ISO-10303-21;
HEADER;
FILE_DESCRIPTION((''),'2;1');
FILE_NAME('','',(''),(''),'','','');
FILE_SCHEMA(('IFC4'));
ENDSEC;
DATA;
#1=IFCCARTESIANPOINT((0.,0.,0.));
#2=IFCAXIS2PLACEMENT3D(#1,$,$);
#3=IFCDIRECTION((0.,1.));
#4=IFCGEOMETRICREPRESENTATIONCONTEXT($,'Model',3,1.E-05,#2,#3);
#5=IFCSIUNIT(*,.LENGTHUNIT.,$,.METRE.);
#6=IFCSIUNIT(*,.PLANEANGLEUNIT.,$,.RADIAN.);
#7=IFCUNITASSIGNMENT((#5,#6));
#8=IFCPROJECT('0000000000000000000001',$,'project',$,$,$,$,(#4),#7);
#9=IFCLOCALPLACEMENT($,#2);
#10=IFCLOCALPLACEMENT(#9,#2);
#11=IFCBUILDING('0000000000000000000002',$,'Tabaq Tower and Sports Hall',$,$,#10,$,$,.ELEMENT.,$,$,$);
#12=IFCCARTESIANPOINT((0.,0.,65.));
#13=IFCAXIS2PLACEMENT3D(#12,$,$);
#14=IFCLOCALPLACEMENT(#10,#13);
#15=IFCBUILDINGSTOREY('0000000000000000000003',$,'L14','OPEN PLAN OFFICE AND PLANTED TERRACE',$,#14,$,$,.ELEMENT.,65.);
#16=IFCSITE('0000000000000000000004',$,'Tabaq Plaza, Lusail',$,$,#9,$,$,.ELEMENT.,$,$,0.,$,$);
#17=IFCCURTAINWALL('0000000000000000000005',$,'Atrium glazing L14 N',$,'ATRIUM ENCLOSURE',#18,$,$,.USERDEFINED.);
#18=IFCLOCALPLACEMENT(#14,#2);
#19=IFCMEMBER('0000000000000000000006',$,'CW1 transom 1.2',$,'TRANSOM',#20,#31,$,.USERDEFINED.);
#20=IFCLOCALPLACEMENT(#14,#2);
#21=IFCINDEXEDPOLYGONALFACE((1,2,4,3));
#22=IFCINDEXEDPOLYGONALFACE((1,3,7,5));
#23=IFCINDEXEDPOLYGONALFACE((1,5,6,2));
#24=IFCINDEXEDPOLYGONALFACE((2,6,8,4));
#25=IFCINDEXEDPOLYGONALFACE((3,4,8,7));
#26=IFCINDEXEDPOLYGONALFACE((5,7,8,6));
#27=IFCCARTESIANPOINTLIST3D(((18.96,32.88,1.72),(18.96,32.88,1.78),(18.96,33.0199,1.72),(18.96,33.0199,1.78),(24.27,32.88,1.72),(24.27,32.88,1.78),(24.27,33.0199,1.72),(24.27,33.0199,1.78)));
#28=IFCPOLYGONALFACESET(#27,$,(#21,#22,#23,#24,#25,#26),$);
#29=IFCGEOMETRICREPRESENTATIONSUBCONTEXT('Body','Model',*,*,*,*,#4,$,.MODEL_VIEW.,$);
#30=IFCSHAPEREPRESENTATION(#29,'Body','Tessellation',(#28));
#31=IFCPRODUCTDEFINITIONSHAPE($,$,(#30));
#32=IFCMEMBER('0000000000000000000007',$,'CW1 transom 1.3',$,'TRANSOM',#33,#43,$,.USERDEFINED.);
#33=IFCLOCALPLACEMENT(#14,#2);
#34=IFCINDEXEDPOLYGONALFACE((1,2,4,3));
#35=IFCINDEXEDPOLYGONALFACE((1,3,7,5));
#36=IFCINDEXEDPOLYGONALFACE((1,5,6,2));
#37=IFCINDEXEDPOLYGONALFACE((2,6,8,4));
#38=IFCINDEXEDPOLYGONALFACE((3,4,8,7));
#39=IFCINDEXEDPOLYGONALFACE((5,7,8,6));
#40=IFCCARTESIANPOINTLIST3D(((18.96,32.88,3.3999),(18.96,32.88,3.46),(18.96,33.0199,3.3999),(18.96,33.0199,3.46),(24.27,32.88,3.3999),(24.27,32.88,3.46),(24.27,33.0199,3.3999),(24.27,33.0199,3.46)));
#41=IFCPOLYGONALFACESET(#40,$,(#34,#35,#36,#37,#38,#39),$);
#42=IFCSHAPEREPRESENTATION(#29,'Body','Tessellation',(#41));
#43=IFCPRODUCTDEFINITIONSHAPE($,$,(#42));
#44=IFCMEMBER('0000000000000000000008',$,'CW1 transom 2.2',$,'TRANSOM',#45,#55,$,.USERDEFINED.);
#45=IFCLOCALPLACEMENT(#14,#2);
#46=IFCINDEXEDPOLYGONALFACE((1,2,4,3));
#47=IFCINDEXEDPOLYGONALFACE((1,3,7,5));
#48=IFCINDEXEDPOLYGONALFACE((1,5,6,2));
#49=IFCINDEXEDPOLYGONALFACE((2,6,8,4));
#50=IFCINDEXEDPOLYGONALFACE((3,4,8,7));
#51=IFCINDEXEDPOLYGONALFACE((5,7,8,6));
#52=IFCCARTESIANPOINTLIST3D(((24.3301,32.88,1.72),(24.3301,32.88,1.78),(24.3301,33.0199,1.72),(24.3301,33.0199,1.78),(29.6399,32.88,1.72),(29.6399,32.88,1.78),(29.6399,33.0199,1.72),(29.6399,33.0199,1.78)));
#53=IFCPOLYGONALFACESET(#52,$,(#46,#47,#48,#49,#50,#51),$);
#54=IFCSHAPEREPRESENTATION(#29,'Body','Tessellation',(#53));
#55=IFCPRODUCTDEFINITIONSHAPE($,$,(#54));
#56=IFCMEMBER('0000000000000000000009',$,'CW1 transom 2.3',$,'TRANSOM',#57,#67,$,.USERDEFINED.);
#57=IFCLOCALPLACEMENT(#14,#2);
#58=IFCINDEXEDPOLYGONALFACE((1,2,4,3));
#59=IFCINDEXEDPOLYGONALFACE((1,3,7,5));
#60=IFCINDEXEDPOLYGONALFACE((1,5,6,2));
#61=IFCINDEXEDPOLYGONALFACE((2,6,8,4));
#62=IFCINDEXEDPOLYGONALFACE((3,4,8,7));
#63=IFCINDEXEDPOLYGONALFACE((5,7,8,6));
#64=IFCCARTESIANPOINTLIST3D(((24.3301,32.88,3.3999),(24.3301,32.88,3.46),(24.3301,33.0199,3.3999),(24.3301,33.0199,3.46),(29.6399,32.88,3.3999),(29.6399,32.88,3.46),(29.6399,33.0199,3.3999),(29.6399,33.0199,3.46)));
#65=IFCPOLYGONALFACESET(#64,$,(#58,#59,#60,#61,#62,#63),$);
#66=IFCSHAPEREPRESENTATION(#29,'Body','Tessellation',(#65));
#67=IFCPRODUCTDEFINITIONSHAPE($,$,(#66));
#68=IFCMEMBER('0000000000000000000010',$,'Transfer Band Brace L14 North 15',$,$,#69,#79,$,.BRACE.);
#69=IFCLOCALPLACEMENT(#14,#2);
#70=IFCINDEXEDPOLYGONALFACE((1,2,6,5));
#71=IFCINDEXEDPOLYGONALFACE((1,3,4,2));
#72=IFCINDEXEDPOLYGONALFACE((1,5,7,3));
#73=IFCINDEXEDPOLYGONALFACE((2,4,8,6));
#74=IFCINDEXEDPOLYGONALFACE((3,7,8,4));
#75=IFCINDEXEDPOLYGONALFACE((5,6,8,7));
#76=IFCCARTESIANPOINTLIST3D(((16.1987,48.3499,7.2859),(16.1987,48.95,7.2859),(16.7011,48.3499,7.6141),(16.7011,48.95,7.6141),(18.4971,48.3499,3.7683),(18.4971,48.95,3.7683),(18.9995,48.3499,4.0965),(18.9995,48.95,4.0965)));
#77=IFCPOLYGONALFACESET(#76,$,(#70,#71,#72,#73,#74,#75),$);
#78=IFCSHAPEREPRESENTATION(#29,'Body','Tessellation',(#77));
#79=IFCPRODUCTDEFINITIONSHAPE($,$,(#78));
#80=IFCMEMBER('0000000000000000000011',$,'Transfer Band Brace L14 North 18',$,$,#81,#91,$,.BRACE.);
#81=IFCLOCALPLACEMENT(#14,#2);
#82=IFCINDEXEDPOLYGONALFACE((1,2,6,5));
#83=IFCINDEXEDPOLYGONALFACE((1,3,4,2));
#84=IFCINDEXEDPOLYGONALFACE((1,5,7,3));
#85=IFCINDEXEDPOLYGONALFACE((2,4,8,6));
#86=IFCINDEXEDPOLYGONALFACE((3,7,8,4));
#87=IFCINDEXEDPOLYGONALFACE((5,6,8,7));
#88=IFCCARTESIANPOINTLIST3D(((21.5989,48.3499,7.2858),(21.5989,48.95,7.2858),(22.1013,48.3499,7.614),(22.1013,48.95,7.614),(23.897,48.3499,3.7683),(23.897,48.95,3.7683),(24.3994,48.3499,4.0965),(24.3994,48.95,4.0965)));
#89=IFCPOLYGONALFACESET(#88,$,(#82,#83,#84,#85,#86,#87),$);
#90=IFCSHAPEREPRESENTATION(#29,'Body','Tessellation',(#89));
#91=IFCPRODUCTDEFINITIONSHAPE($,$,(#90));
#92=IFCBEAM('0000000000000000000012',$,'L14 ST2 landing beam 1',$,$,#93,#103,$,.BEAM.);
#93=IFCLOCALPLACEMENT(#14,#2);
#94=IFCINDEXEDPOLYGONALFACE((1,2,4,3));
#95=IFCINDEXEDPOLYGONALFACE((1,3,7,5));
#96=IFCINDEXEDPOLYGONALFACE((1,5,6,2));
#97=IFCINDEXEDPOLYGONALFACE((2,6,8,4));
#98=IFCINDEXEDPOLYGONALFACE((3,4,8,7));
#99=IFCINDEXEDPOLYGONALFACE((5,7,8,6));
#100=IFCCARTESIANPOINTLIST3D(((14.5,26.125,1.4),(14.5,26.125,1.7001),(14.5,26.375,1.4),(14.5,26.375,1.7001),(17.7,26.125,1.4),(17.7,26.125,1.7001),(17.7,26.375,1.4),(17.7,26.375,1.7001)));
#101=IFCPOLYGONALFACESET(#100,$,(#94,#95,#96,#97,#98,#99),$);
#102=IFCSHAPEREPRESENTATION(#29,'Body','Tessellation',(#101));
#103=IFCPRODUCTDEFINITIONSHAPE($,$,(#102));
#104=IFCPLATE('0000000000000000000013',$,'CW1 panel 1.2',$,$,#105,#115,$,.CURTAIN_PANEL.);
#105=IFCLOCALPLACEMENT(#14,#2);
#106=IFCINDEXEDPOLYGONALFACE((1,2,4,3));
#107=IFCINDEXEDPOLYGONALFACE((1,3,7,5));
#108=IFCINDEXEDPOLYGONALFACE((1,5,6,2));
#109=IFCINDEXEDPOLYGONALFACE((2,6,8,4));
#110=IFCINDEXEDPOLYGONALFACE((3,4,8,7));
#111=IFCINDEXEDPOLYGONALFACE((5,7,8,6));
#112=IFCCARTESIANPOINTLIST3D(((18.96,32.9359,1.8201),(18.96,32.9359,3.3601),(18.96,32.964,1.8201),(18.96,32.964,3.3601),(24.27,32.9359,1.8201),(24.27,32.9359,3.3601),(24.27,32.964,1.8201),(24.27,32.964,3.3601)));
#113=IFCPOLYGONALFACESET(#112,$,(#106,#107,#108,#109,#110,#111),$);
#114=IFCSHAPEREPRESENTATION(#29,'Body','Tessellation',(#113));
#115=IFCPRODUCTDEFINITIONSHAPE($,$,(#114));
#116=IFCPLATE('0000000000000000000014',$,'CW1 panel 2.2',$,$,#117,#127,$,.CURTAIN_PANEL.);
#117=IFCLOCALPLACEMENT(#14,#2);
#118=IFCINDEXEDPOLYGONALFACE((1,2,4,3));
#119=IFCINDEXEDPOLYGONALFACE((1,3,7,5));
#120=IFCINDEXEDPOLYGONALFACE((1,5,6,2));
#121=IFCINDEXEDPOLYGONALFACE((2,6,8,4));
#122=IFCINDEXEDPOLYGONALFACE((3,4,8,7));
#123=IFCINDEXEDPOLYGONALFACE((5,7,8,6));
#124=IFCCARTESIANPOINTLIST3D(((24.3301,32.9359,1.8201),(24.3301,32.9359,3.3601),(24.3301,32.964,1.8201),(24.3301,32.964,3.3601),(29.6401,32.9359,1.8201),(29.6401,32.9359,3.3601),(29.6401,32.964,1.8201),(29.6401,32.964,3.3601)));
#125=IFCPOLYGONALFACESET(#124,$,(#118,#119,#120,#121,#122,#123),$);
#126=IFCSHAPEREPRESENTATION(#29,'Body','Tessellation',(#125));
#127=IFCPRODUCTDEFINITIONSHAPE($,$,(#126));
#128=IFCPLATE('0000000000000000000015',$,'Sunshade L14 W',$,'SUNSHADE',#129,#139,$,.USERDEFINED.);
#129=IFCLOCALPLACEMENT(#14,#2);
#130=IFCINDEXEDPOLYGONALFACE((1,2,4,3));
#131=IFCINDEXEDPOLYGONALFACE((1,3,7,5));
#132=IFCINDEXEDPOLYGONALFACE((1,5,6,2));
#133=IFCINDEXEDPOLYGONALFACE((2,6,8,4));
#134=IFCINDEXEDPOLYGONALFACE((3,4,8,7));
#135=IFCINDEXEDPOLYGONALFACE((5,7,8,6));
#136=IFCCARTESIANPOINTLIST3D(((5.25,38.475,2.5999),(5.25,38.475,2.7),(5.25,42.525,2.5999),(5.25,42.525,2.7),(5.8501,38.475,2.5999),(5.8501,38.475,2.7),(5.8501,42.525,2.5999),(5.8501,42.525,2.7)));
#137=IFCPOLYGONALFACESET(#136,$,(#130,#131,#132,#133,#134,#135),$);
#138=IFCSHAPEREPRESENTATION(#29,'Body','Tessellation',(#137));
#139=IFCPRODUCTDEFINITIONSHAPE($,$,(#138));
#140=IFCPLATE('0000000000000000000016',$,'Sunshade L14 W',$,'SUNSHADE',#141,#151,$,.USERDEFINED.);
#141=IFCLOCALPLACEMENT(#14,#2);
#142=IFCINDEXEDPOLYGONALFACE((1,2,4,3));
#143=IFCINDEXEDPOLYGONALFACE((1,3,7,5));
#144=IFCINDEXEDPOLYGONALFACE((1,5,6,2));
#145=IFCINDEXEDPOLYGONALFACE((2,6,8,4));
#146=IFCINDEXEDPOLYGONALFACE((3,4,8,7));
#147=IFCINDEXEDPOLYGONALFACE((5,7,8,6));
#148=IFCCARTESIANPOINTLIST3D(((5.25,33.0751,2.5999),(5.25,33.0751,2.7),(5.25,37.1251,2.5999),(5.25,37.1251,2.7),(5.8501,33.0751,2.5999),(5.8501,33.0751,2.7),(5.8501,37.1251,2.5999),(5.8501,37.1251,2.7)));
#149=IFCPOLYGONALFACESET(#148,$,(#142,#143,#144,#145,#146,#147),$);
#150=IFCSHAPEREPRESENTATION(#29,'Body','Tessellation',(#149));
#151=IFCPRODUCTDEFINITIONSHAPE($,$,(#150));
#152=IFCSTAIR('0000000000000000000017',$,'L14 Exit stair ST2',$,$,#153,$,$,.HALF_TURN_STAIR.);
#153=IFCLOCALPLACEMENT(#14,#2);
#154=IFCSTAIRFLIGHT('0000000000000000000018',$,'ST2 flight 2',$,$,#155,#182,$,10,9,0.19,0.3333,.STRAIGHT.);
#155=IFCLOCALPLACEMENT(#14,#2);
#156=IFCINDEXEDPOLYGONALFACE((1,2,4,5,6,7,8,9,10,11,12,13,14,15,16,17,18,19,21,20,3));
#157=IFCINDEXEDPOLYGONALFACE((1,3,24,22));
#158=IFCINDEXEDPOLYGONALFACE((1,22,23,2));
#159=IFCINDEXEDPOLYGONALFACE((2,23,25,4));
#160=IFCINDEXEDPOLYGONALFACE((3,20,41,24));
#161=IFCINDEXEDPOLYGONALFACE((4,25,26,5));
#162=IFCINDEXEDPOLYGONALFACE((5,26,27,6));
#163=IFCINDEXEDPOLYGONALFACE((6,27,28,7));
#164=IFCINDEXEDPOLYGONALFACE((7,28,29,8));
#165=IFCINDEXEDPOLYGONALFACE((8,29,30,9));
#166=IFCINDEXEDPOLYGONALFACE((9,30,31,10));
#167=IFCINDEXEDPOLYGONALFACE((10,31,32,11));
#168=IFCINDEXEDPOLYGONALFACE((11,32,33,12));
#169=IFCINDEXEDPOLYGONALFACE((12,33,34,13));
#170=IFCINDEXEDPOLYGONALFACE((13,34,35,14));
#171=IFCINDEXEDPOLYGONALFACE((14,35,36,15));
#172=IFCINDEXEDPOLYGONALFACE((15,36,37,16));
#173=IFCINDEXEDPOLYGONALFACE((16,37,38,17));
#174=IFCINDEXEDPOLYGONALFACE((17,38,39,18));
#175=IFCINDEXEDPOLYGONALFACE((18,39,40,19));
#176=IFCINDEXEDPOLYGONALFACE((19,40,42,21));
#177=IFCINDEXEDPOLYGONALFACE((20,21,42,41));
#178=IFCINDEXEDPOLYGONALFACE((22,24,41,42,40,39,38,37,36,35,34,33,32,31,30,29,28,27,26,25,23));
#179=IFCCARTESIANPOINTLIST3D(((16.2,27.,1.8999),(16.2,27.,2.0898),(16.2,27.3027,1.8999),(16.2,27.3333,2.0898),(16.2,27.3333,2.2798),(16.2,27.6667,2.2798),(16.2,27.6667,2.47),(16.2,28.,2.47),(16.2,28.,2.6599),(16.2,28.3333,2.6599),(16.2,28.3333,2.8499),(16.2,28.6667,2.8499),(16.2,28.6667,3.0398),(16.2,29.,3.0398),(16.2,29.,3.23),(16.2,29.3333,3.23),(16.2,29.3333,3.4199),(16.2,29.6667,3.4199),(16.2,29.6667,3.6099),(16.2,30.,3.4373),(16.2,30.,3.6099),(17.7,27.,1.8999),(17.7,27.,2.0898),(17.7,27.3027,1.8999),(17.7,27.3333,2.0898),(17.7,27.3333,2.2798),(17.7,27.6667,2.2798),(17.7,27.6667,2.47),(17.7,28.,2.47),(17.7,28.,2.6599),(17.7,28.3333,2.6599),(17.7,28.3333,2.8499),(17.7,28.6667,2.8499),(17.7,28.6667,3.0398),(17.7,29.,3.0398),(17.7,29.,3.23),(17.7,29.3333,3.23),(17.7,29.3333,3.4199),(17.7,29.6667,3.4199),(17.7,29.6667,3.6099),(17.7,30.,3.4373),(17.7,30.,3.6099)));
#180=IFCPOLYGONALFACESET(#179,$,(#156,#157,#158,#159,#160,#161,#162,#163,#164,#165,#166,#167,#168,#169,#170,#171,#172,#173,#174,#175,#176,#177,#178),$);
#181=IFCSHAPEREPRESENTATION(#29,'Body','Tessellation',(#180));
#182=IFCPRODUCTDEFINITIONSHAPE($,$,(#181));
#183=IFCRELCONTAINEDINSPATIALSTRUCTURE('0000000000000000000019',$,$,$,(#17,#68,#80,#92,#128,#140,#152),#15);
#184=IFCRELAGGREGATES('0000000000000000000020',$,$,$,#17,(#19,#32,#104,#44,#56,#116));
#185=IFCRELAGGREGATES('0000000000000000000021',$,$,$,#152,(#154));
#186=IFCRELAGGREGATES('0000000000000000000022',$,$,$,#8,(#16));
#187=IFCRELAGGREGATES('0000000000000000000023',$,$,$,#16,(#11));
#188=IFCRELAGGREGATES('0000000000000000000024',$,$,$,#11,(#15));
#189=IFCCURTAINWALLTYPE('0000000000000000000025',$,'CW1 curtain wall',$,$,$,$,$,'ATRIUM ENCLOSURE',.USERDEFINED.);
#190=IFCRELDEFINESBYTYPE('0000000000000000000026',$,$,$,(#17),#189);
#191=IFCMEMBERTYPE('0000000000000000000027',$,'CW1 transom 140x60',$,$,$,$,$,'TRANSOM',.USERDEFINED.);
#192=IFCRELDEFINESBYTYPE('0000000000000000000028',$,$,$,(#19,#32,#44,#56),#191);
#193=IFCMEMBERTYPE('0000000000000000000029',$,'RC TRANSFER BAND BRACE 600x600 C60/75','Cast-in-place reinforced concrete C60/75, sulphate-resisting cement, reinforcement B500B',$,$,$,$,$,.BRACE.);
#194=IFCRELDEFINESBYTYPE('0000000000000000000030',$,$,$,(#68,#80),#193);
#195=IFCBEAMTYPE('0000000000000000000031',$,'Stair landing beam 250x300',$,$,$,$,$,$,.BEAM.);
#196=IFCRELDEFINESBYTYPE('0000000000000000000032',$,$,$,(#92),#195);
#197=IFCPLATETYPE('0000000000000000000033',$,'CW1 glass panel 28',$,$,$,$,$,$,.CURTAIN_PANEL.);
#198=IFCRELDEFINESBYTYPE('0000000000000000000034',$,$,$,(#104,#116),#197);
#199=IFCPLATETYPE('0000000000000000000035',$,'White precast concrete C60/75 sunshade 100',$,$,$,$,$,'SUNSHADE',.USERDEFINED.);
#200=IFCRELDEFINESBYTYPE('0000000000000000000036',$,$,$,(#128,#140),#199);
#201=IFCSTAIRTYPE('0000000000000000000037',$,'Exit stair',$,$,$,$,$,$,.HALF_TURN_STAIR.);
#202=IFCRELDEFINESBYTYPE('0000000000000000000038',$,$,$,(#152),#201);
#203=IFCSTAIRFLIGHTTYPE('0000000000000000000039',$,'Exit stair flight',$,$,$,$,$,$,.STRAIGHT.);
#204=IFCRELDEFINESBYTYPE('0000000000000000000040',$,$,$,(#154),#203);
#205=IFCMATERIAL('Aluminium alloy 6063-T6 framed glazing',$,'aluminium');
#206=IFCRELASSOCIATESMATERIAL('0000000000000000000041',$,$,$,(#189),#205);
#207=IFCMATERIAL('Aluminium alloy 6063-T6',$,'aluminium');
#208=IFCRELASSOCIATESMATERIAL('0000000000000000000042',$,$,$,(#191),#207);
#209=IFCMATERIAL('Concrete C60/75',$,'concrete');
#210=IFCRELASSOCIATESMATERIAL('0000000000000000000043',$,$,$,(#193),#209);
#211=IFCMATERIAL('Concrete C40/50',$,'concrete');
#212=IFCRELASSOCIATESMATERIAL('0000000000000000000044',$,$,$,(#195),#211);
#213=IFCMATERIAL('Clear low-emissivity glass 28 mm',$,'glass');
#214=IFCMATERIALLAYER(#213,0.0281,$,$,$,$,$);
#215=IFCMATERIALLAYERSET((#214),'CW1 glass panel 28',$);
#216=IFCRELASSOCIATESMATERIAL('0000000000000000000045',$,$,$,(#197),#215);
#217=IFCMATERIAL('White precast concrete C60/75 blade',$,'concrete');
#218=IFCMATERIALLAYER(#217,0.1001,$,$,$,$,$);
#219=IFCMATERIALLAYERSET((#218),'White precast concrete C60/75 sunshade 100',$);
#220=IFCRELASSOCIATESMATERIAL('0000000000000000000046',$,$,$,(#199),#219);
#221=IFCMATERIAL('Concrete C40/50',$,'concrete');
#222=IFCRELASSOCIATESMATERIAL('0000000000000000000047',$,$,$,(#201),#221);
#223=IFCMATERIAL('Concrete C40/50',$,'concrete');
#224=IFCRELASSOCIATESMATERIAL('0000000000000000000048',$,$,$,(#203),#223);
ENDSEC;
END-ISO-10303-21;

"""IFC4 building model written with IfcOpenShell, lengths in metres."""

from ifc_helpers import new_model, si_unit, direction, frame, origin, origin_2d, place, context, subcontext, project, spatial, polyline, rectangle, outline, extrude, material, layer, layer_set, material_profile, profile_set, type_object, element, aggregate, save


model = new_model("IFC4")

# Units and contexts
model_context = context("Model", 3, precision=1e-05, world=origin(), true_north=direction((0.0, 1.0)))
body_context = subcontext(model_context, "Body", "Model", "MODEL_VIEW")
ifc_project = project(units=[si_unit("LENGTHUNIT", "METRE"), si_unit("PLANEANGLEUNIT", "RADIAN")], contexts=[model_context])

# Site, building, storey
site_placement = place(None, origin())
site = spatial("IfcSite", under=ifc_project, at=site_placement, Name="Tabaq Plaza, Lusail", CompositionType="ELEMENT", RefElevation=0.0)
building_placement = place(site_placement, origin())
building = spatial("IfcBuilding", under=site, at=building_placement, Name="Tabaq Tower and Sports Hall", CompositionType="ELEMENT")
storey_placement = place(building_placement, frame((0.0, 0.0, 65.0)))
storey = spatial("IfcBuildingStorey", under=building, at=storey_placement, Name="L14", Description="OPEN PLAN OFFICE AND PLANTED TERRACE", CompositionType="ELEMENT", Elevation=65.0)

# Curtain wall, members
ifc_material_1 = material(Name="Aluminium alloy 6063-T6 framed glazing", Category="aluminium")
curtain_wall_type = type_object("IfcCurtainWallType", Name="CW1 curtain wall", ElementType="ATRIUM ENCLOSURE", PredefinedType="USERDEFINED", material=ifc_material_1)
curtain_wall_placement = place(storey_placement, origin())
curtain_wall = element("IfcCurtainWall", 1, at=curtain_wall_placement, inside=storey, type_object=curtain_wall_type, Name="Atrium glazing L14 N", ObjectType="ATRIUM ENCLOSURE", PredefinedType="USERDEFINED")
ifc_material_2 = material(Name="Aluminium alloy 6063-T6", Category="aluminium")
ifc_material_profile_1 = material_profile(ifc_material_2, rectangle(XDim=0.1399, YDim=0.0601, at=origin_2d()), Name="TRANSOM 140x60")
ifc_profile_set_1 = profile_set([ifc_material_profile_1], Name="Aluminium alloy 6063-T6")
member_type_1 = type_object("IfcMemberType", Name="CW1 transom 140x60", ElementType="TRANSOM", PredefinedType="USERDEFINED", material=ifc_profile_set_1)
member_1_placement = place(storey_placement, frame((18.96, 32.95, 1.75), z_axis=(1.0, 0.0, 0.0), x_axis=(0.0, 1.0, 0.0)))
member_1 = element("IfcMember", 2, at=member_1_placement, type_object=member_type_1, Name="CW1 transom 1.2", ObjectType="TRANSOM", PredefinedType="USERDEFINED", context=body_context, shape_type="SweptSolid", body=[
    extrude(rectangle(XDim=0.1399, YDim=0.0601, at=origin_2d()), origin(), (0.0, 0.0, 1.0), 5.3101),
])
member_2_placement = place(storey_placement, frame((18.96, 32.95, 3.4299), z_axis=(1.0, 0.0, 0.0), x_axis=(0.0, 1.0, 0.0)))
member_2 = element("IfcMember", 3, at=member_2_placement, type_object=member_type_1, Name="CW1 transom 1.3", ObjectType="TRANSOM", PredefinedType="USERDEFINED", context=body_context, shape_type="SweptSolid", body=[
    extrude(rectangle(XDim=0.1399, YDim=0.0601, at=origin_2d()), origin(), (0.0, 0.0, 1.0), 5.3101),
])
member_3_placement = place(storey_placement, frame((24.3301, 32.95, 1.75), z_axis=(1.0, 0.0, 0.0), x_axis=(0.0, 1.0, 0.0)))
member_3 = element("IfcMember", 4, at=member_3_placement, type_object=member_type_1, Name="CW1 transom 2.2", ObjectType="TRANSOM", PredefinedType="USERDEFINED", context=body_context, shape_type="SweptSolid", body=[
    extrude(rectangle(XDim=0.1399, YDim=0.0601, at=origin_2d()), origin(), (0.0, 0.0, 1.0), 5.3098),
])
member_4_placement = place(storey_placement, frame((24.3301, 32.95, 3.4299), z_axis=(1.0, 0.0, 0.0), x_axis=(0.0, 1.0, 0.0)))
member_4 = element("IfcMember", 5, at=member_4_placement, type_object=member_type_1, Name="CW1 transom 2.3", ObjectType="TRANSOM", PredefinedType="USERDEFINED", context=body_context, shape_type="SweptSolid", body=[
    extrude(rectangle(XDim=0.1399, YDim=0.0601, at=origin_2d()), origin(), (0.0, 0.0, 1.0), 5.3098),
])

# Members
ifc_material_3 = material(Name="Concrete C60/75", Category="concrete")
ifc_material_profile_2 = material_profile(ifc_material_3, rectangle(XDim=0.6001, YDim=0.6001, at=origin_2d()), Name="TRANSFER BAND BRACE 600x600")
ifc_profile_set_2 = profile_set([ifc_material_profile_2], Name="Concrete C60/75")
member_type_2 = type_object("IfcMemberType", Name="RC TRANSFER BAND BRACE 600x600 C60/75", Description="Cast-in-place reinforced concrete C60/75, sulphate-resisting cement, reinforcement B500B", PredefinedType="BRACE", material=ifc_profile_set_2)
member_5_placement = place(storey_placement, frame((18.7483, 48.6499, 3.9324), z_axis=(-0.54698, 0.0, 0.837146), x_axis=(0.0, -1.0, 0.0)))
element("IfcMember", 6, at=member_5_placement, inside=storey, type_object=member_type_2, Name="Transfer Band Brace L14 North 15", PredefinedType="BRACE", context=body_context, shape_type="SweptSolid", body=[
    extrude(rectangle(XDim=0.6001, YDim=0.6001, at=origin_2d()), origin(), (0.0, 0.0, 1.0), 4.2019),
])
member_6_placement = place(storey_placement, frame((24.1482, 48.6499, 3.9324), z_axis=(-0.546939, 0.0, 0.837172), x_axis=(0.0, -1.0, 0.0)))
element("IfcMember", 7, at=member_6_placement, inside=storey, type_object=member_type_2, Name="Transfer Band Brace L14 North 18", PredefinedType="BRACE", context=body_context, shape_type="SweptSolid", body=[
    extrude(rectangle(XDim=0.6001, YDim=0.6001, at=origin_2d()), origin(), (0.0, 0.0, 1.0), 4.2017),
])

# Beam
ifc_material_4 = material(Name="Concrete C40/50", Category="concrete")
ifc_material_profile_3 = material_profile(ifc_material_4, rectangle(XDim=0.25, YDim=0.3, at=origin_2d()), Name="RC 250x300")
ifc_profile_set_3 = profile_set([ifc_material_profile_3], Name="Concrete C40/50")
beam_type = type_object("IfcBeamType", Name="Stair landing beam 250x300", PredefinedType="BEAM", material=ifc_profile_set_3)
beam_placement = place(storey_placement, frame((14.5, 26.25, 1.55), z_axis=(1.0, 0.0, 0.0), x_axis=(0.0, 1.0, 0.0)))
element("IfcBeam", 8, at=beam_placement, inside=storey, type_object=beam_type, Name="L14 ST2 landing beam 1", PredefinedType="BEAM", context=body_context, shape_type="SweptSolid", body=[
    extrude(rectangle(XDim=0.25, YDim=0.3, at=origin_2d()), origin(), (0.0, 0.0, 1.0), 3.2),
])

# Plates
ifc_material_5 = material(Name="Clear low-emissivity glass 28 mm", Category="glass")
ifc_layer_1 = layer(ifc_material_5, 0.0281)
ifc_layer_set_1 = layer_set([ifc_layer_1], Name="CW1 glass panel 28")
plate_type_1 = type_object("IfcPlateType", Name="CW1 glass panel 28", PredefinedType="CURTAIN_PANEL", material=ifc_layer_set_1)
plate_1_placement = place(storey_placement, frame((21.615, 32.95, 1.8201), z_axis=(0.0, 0.0, 1.0), x_axis=(1.0, 0.0, 0.0)))
plate_1 = element("IfcPlate", 9, at=plate_1_placement, type_object=plate_type_1, Name="CW1 panel 1.2", PredefinedType="CURTAIN_PANEL", context=body_context, shape_type="SweptSolid", body=[
    extrude(rectangle(XDim=5.3101, YDim=0.0281, at=origin_2d()), origin(), (0.0, 0.0, 1.0), 1.54),
])
plate_2_placement = place(storey_placement, frame((26.9851, 32.95, 1.8201), z_axis=(0.0, 0.0, 1.0), x_axis=(1.0, 0.0, 0.0)))
plate_2 = element("IfcPlate", 10, at=plate_2_placement, type_object=plate_type_1, Name="CW1 panel 2.2", PredefinedType="CURTAIN_PANEL", context=body_context, shape_type="SweptSolid", body=[
    extrude(rectangle(XDim=5.3101, YDim=0.0281, at=origin_2d()), origin(), (0.0, 0.0, 1.0), 1.54),
])
aggregate(curtain_wall, [member_1, member_2, plate_1, member_3, member_4, plate_2])

# Plates
ifc_material_6 = material(Name="White precast concrete C60/75 blade", Category="concrete")
ifc_layer_2 = layer(ifc_material_6, 0.1001)
ifc_layer_set_2 = layer_set([ifc_layer_2], Name="White precast concrete C60/75 sunshade 100")
plate_type_2 = type_object("IfcPlateType", Name="White precast concrete C60/75 sunshade 100", ElementType="SUNSHADE", PredefinedType="USERDEFINED", material=ifc_layer_set_2)
for number, where, z_axis, x_axis, name in (
    (11, (5.55, 40.5, 2.5999), (0.0, 0.0, 1.0), (0.0, -1.0, 0.0), "Sunshade L14 W"),
    (12, (5.55, 35.1001, 2.5999), (0.0, 0.0, 1.0), (0.0, -1.0, 0.0), "Sunshade L14 W"),
):
    element("IfcPlate", number, at=place(storey_placement, frame(where, z_axis=z_axis, x_axis=x_axis)), inside=storey, type_object=plate_type_2, Name=name, ObjectType="SUNSHADE", PredefinedType="USERDEFINED", context=body_context, shape_type="SweptSolid", body=[
        extrude(rectangle(XDim=4.05, YDim=0.6001, at=origin_2d()), origin(), (0.0, 0.0, 1.0), 0.1001),
    ])

# Stair, stair flight
ifc_material_7 = material(Name="Concrete C40/50", Category="concrete")
stair_type = type_object("IfcStairType", Name="Exit stair", PredefinedType="HALF_TURN_STAIR", material=ifc_material_7)
stair_placement = place(storey_placement, origin())
stair = element("IfcStair", 13, at=stair_placement, inside=storey, type_object=stair_type, Name="L14 Exit stair ST2", PredefinedType="HALF_TURN_STAIR")
ifc_material_8 = material(Name="Concrete C40/50", Category="concrete")
stair_flight_type = type_object("IfcStairFlightType", Name="Exit stair flight", PredefinedType="STRAIGHT", material=ifc_material_8)
stair_flight_placement = place(storey_placement, frame((16.95, 27.0, 1.8999), z_axis=(0.0, 0.0, 1.0), x_axis=(0.0, 1.0, 0.0)))
stair_flight = element("IfcStairFlight", 14, at=stair_flight_placement, type_object=stair_flight_type, Name="ST2 flight 2", NumberOfRisers=10, NumberOfTreads=9, PredefinedType="STRAIGHT", RiserHeight=0.19, TreadLength=0.3333, context=body_context, shape_type="SweptSolid", body=[
    extrude(outline(polyline([(0.0, 0.0), (0.0, 0.1899), (0.3333, 0.1899), (0.3333, 0.3799), (0.6667, 0.3799), (0.6667, 0.5701), (1.0, 0.5701), (1.0, 0.76), (1.3333, 0.76), (1.3333, 0.95), (1.6667, 0.95), (1.6667, 1.1399), (2.0, 1.1399), (2.0, 1.3301), (2.3333, 1.3301), (2.3333, 1.52), (2.6667, 1.52), (2.6667, 1.71), (3.0, 1.71), (3.0, 1.8999), (3.0, 1.5374), (0.3027, 0.0), (0.0, 0.0)])), frame((0.0, 0.75, 0.0), z_axis=(0.0, -1.0, 0.0), x_axis=(1.0, 0.0, 0.0)), (0.0, 0.0, 1.0), 1.5),
])
aggregate(stair, [stair_flight])

save(model, "model.ifc")
